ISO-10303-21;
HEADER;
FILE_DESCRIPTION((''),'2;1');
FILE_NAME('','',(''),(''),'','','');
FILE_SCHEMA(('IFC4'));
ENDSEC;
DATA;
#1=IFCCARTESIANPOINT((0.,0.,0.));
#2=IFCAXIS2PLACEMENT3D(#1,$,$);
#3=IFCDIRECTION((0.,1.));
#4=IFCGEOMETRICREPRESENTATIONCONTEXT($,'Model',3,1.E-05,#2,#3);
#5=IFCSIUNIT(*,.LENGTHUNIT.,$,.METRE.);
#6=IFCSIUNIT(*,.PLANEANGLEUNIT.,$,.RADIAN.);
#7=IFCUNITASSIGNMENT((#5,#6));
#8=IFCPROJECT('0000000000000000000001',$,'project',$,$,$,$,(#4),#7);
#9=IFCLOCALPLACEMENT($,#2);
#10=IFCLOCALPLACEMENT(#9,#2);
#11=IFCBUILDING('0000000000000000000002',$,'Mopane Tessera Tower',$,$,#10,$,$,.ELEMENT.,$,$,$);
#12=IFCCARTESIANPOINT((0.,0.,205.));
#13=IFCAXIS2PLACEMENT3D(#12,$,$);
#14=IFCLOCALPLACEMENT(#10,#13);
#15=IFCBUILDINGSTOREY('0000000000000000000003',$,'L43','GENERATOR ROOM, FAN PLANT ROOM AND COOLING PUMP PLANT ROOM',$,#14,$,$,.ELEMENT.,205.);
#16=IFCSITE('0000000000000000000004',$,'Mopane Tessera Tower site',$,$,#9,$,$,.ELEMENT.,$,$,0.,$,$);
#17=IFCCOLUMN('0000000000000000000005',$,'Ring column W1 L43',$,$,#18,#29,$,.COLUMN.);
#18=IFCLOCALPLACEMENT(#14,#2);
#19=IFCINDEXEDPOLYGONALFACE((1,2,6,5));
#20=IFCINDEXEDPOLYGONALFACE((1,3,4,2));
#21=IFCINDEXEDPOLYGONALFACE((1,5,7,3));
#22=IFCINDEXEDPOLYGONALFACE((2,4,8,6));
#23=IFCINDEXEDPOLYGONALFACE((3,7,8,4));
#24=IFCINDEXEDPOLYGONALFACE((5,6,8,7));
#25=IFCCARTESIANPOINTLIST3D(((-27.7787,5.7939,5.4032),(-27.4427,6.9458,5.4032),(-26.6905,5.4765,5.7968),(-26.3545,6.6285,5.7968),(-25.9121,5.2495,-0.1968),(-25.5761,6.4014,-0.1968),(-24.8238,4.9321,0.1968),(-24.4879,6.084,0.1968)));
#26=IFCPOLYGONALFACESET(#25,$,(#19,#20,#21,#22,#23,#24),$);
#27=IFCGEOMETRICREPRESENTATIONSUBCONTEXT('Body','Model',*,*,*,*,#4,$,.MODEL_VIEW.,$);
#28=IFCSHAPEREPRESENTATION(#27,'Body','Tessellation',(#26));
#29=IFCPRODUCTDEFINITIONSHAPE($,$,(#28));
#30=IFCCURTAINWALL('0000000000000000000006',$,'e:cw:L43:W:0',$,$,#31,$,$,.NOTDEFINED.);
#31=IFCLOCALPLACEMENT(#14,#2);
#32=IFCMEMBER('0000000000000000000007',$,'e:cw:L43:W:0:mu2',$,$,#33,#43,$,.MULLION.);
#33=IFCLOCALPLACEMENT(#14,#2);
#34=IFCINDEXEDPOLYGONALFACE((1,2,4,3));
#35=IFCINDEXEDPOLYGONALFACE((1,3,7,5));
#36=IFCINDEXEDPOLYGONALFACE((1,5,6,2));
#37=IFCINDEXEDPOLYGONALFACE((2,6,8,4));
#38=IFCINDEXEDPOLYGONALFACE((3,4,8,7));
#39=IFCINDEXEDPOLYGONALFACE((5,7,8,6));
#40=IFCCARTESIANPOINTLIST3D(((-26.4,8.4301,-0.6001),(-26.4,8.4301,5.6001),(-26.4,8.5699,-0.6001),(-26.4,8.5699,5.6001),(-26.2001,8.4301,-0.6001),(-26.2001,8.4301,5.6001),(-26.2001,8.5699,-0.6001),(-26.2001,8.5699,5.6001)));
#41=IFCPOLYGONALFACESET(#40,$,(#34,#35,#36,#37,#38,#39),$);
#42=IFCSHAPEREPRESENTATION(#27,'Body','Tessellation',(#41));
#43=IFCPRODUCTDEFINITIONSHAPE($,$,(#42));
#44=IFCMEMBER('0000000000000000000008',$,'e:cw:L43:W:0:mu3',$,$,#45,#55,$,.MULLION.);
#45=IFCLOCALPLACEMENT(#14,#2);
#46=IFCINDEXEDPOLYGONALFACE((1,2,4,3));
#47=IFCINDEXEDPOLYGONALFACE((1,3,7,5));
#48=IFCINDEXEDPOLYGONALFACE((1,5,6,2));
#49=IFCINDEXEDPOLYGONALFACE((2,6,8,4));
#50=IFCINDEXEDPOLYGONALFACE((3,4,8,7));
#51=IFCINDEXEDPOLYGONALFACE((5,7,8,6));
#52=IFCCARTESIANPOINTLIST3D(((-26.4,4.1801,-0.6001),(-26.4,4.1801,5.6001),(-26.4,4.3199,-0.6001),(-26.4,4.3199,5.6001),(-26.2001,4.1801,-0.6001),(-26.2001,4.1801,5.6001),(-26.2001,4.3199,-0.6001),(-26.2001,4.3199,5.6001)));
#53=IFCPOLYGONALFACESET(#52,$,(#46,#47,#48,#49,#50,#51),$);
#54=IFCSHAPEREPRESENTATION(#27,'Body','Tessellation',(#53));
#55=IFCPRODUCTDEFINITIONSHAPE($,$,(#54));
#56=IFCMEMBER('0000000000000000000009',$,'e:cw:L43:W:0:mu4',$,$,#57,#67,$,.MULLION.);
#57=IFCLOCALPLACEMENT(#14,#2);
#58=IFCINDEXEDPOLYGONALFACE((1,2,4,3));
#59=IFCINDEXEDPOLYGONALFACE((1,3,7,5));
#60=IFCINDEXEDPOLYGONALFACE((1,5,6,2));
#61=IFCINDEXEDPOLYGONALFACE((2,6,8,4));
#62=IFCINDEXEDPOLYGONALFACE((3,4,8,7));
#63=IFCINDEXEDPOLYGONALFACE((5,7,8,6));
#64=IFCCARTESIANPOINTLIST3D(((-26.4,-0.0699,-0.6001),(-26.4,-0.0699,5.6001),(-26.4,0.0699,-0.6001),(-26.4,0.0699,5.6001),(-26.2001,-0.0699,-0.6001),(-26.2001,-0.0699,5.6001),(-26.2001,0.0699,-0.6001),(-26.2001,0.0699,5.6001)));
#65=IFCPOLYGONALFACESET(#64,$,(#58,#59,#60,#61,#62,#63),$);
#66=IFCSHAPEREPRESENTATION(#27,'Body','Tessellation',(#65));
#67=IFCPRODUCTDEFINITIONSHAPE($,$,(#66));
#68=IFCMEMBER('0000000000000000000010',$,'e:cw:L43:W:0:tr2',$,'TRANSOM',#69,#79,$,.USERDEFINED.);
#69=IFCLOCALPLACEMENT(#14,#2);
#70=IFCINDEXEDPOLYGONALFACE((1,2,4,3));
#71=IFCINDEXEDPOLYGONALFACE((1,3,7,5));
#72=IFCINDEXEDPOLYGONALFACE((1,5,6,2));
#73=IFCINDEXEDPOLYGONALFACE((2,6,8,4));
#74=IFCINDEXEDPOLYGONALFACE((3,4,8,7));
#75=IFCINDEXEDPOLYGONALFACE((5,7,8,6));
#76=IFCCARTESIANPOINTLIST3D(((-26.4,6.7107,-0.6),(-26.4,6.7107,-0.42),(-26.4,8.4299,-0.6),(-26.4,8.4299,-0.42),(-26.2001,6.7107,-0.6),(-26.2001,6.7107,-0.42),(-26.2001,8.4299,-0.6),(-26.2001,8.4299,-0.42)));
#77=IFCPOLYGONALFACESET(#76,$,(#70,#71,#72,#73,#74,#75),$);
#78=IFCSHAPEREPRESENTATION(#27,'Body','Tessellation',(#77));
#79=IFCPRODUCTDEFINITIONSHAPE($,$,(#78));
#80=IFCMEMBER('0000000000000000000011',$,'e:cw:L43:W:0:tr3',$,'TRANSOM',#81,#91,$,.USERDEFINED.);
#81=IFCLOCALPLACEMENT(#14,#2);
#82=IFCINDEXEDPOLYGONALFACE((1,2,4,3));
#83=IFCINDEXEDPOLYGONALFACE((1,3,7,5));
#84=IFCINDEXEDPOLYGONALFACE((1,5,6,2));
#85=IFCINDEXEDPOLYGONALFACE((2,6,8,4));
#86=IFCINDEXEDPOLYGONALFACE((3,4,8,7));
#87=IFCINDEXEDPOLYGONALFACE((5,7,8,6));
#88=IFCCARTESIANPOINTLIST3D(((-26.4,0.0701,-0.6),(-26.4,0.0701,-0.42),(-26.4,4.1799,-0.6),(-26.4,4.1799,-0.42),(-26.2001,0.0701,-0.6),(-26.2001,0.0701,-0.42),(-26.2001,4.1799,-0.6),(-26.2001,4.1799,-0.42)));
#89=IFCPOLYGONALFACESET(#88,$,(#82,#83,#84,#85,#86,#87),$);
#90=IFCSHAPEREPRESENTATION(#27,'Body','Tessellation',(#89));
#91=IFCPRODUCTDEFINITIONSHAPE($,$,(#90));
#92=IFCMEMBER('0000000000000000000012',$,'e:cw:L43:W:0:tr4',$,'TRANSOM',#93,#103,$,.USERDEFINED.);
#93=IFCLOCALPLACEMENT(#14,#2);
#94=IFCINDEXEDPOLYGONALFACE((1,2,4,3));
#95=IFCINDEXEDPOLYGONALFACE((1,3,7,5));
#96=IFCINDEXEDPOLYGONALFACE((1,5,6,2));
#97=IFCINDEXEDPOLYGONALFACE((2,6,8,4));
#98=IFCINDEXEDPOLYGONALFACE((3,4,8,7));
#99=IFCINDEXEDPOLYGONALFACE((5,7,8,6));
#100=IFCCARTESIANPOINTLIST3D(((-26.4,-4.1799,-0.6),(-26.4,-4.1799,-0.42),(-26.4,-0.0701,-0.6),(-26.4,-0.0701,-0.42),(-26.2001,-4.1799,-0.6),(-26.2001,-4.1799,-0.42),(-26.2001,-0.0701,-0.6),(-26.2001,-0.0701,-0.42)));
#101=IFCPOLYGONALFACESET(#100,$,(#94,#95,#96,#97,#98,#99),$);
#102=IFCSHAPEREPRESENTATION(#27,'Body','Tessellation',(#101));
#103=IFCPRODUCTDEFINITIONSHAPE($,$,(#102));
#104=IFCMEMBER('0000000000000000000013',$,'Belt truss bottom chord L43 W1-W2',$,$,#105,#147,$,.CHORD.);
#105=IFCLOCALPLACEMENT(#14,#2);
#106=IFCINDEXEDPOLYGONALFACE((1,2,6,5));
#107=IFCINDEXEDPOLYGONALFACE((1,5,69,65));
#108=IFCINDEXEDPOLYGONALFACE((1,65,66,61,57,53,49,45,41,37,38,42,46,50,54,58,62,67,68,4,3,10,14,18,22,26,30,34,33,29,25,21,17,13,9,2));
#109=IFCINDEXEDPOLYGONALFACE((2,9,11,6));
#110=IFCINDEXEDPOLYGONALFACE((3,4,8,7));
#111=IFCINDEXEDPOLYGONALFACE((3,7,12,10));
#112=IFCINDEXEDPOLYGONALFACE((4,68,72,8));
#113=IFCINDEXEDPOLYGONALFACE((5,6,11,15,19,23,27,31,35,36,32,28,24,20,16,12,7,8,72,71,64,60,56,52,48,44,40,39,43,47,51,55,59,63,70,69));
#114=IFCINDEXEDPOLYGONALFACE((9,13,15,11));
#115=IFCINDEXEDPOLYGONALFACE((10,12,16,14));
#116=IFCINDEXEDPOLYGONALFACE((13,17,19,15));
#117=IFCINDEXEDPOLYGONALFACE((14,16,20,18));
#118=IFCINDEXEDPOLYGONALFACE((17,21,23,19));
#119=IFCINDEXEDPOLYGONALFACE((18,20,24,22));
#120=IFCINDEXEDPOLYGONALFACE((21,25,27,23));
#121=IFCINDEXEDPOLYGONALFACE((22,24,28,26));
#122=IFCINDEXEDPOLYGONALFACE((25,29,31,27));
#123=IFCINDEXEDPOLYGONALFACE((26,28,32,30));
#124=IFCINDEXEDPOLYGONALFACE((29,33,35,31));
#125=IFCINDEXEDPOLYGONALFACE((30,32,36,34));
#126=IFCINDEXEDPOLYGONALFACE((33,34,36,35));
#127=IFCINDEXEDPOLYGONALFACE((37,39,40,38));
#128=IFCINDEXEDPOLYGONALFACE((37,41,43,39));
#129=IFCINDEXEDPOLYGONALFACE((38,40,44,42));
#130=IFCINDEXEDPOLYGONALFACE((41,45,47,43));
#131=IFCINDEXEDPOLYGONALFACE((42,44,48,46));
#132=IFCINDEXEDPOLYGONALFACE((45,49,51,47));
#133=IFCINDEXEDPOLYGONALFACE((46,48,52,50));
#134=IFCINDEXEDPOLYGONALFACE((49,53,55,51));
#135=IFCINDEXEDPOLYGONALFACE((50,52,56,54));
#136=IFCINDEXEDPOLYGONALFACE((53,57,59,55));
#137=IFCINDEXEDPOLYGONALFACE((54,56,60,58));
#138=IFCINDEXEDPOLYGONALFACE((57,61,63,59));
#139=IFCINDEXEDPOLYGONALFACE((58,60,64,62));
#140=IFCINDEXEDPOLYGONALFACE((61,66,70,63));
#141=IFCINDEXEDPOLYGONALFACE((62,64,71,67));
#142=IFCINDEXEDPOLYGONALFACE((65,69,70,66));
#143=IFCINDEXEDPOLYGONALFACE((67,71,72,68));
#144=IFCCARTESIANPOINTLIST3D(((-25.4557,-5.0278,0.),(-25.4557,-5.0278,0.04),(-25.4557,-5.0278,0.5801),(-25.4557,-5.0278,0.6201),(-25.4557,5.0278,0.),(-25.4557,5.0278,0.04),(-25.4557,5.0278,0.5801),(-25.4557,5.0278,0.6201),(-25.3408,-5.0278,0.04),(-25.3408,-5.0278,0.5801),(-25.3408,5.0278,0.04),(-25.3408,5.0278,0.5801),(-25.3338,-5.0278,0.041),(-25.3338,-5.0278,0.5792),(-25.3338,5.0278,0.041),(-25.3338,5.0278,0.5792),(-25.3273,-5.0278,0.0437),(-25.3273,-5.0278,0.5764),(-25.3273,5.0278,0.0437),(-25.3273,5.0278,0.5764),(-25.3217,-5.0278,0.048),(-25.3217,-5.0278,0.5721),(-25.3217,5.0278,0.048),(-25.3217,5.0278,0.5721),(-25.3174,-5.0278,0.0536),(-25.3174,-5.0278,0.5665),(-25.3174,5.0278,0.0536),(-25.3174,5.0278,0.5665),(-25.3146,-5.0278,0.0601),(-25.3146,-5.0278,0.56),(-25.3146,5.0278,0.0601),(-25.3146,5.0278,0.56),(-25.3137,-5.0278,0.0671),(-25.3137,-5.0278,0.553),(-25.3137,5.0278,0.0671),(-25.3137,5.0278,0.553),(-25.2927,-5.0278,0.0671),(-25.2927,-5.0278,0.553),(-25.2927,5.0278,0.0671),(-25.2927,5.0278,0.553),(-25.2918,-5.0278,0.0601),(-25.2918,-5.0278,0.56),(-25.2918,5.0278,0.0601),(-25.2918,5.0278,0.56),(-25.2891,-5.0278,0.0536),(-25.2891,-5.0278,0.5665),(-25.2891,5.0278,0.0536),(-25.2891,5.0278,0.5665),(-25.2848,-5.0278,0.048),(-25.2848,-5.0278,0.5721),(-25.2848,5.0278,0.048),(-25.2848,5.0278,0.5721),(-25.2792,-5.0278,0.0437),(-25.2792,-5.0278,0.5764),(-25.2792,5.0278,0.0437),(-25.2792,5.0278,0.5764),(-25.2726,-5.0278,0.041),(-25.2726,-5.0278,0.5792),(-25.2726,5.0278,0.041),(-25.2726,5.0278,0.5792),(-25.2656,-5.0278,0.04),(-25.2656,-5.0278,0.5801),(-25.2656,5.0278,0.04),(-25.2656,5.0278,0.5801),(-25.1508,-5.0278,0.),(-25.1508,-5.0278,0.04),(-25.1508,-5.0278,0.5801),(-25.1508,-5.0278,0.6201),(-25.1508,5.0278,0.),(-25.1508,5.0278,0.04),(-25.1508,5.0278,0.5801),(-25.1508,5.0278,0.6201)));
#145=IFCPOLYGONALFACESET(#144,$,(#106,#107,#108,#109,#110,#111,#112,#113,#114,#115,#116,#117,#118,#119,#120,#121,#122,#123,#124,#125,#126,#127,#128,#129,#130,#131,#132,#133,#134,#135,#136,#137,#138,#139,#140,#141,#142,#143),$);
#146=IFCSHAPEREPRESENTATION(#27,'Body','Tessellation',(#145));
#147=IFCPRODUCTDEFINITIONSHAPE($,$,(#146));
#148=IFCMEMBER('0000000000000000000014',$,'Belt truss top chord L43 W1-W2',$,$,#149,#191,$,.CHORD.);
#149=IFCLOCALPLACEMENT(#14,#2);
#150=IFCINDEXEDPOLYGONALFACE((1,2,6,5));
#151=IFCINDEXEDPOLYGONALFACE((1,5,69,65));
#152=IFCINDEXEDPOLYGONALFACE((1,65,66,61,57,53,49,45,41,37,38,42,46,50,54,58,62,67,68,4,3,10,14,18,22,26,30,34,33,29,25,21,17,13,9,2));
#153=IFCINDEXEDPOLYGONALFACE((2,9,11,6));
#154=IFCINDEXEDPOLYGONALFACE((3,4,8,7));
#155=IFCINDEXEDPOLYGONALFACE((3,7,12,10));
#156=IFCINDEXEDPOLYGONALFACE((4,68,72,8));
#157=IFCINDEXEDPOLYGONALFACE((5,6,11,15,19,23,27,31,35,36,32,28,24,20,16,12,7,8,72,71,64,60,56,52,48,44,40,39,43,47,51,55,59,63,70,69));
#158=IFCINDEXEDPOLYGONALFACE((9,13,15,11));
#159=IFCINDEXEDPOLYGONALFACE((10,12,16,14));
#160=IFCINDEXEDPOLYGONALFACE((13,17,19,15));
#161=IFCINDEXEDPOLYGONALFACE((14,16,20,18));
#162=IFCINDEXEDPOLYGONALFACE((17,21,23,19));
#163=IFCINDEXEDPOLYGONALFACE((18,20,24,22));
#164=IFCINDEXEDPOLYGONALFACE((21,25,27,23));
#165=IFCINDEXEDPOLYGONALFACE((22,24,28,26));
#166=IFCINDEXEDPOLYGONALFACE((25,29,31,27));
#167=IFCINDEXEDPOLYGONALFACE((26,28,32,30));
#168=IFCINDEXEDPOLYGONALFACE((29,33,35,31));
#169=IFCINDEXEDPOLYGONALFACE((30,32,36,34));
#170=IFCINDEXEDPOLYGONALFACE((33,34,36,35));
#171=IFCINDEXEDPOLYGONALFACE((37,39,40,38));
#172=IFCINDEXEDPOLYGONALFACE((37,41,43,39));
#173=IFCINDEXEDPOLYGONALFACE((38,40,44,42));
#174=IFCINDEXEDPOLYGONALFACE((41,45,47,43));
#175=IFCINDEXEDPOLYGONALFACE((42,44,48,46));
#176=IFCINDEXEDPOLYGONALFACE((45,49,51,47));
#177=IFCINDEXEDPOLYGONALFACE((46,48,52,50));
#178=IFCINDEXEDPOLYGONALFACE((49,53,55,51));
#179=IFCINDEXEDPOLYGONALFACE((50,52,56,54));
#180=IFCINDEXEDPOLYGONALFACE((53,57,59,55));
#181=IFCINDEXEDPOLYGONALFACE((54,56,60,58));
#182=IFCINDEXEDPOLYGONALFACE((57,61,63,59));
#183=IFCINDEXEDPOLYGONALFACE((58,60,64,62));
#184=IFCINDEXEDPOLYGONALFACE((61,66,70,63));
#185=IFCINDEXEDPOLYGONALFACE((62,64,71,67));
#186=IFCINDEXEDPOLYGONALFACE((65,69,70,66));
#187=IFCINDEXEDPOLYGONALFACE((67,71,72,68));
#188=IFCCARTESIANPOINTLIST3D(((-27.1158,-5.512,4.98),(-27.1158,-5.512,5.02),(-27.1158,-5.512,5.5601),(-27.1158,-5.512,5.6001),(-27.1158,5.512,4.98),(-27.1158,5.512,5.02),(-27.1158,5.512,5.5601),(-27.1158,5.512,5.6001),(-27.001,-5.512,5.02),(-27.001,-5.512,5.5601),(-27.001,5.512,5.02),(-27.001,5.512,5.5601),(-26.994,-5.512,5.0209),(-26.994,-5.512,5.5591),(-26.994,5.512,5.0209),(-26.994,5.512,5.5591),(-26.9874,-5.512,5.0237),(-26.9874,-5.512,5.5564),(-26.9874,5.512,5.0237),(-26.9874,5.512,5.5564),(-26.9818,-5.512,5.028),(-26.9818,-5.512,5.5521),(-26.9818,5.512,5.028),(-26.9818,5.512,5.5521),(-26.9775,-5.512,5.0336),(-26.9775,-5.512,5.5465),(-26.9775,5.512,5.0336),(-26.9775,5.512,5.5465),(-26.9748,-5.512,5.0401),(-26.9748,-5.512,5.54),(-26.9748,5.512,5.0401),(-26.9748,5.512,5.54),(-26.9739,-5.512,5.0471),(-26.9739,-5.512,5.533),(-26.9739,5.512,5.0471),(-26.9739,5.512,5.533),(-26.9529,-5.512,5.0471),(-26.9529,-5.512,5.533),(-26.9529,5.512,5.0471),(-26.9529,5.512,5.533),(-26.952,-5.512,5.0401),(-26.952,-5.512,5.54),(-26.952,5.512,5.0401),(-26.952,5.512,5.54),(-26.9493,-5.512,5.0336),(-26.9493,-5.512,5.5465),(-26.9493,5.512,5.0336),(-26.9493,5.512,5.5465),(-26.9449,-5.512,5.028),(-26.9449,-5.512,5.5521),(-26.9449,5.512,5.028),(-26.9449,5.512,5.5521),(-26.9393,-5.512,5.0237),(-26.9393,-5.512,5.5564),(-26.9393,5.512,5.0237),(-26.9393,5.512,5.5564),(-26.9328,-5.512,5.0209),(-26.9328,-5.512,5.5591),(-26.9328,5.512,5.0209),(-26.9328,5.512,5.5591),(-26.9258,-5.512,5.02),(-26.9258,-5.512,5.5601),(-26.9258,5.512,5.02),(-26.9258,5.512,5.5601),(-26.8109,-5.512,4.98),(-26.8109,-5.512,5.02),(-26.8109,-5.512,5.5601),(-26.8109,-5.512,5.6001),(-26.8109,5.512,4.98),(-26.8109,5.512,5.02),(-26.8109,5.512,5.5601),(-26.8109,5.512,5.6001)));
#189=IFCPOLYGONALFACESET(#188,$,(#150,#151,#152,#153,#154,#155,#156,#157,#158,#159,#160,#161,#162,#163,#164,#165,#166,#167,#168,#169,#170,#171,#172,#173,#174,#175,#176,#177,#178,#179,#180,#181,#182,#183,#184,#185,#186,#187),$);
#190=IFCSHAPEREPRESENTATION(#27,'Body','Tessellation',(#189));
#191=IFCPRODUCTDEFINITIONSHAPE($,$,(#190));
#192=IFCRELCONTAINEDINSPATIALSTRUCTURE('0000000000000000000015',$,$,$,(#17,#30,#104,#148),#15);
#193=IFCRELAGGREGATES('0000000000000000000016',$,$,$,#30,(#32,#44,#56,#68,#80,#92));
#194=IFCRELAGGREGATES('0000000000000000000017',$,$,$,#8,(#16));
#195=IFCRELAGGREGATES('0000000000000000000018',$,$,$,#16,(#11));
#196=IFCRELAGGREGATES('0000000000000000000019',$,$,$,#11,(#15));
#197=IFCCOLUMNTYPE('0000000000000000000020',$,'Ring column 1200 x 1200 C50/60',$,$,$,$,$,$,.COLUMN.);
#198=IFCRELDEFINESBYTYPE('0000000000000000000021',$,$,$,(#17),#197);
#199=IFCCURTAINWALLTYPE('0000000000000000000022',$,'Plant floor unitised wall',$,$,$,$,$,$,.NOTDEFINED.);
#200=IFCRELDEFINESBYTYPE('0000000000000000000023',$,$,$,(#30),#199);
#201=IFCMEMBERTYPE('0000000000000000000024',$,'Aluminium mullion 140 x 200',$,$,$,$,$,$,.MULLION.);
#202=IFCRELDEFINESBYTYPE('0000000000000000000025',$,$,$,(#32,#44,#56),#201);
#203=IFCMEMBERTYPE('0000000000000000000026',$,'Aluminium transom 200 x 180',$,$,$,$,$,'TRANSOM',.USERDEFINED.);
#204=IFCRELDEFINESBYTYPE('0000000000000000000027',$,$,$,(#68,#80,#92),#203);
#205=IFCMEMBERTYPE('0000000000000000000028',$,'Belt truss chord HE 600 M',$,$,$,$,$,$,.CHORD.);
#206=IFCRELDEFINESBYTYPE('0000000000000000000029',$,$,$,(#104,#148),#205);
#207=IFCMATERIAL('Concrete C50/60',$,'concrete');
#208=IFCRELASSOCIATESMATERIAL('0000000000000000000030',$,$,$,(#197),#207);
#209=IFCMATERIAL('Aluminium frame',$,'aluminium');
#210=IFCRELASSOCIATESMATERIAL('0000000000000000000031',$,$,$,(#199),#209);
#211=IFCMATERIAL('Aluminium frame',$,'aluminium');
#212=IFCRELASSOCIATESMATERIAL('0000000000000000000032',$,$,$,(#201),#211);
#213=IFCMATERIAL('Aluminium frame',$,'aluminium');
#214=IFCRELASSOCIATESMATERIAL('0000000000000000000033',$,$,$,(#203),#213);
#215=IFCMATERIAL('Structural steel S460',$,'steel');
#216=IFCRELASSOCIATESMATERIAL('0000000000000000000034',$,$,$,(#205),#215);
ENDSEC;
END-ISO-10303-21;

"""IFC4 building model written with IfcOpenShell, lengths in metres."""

from ifc_helpers import new_model, si_unit, direction, frame, origin, origin_2d, place, context, subcontext, project, spatial, rectangle, i_section, extrude, material, material_profile, profile_set, type_object, element, aggregate, save


model = new_model("IFC4")

# Units and contexts
model_context = context("Model", 3, precision=1e-05, world=origin(), true_north=direction((0.0, 1.0)))
body_context = subcontext(model_context, "Body", "Model", "MODEL_VIEW")
ifc_project = project(units=[si_unit("LENGTHUNIT", "METRE"), si_unit("PLANEANGLEUNIT", "RADIAN")], contexts=[model_context])

# Site, building, storey
site_placement = place(None, origin())
site = spatial("IfcSite", under=ifc_project, at=site_placement, Name="Mopane Tessera Tower site", CompositionType="ELEMENT", RefElevation=0.0)
building_placement = place(site_placement, origin())
building = spatial("IfcBuilding", under=site, at=building_placement, Name="Mopane Tessera Tower", CompositionType="ELEMENT")
storey_placement = place(building_placement, frame((0.0, 0.0, 205.0)))
storey = spatial("IfcBuildingStorey", under=building, at=storey_placement, Name="L43", Description="GENERATOR ROOM, FAN PLANT ROOM AND COOLING PUMP PLANT ROOM", CompositionType="ELEMENT", Elevation=205.0)

# Column
ifc_material_1 = material(Name="Concrete C50/60", Category="concrete")
ifc_material_profile_1 = material_profile(ifc_material_1, rectangle(XDim=1.2, YDim=1.2, at=origin_2d()))
ifc_profile_set_1 = profile_set([ifc_material_profile_1], Name="Concrete C50/60")
column_type = type_object("IfcColumnType", Name="Ring column 1200 x 1200 C50/60", PredefinedType="COLUMN", material=ifc_profile_set_1)
column_placement = place(storey_placement, frame((-25.2, 5.6667, 0.0), z_axis=(-0.314891, 0.09184, 0.944674), x_axis=(-0.27999, -0.960003, 0.0)))
element("IfcColumn", 1, at=column_placement, inside=storey, type_object=column_type, Name="Ring column W1 L43", PredefinedType="COLUMN", context=body_context, shape_type="SweptSolid", body=[
    extrude(rectangle(XDim=1.2, YDim=1.2, at=origin_2d()), origin(), (0.0, 0.0, 1.0), 5.928),
])

# Curtain wall, members
ifc_material_2 = material(Name="Aluminium frame", Category="aluminium")
curtain_wall_type = type_object("IfcCurtainWallType", Name="Plant floor unitised wall", PredefinedType="NOTDEFINED", material=ifc_material_2)
curtain_wall_placement = place(storey_placement, origin())
curtain_wall = element("IfcCurtainWall", 2, at=curtain_wall_placement, inside=storey, type_object=curtain_wall_type, Name="e:cw:L43:W:0", PredefinedType="NOTDEFINED")
ifc_material_3 = material(Name="Aluminium frame", Category="aluminium")
ifc_material_profile_2 = material_profile(ifc_material_3, rectangle(XDim=0.1399, YDim=0.2, at=origin_2d()))
ifc_profile_set_2 = profile_set([ifc_material_profile_2], Name="Aluminium frame")
member_type_1 = type_object("IfcMemberType", Name="Aluminium mullion 140 x 200", PredefinedType="MULLION", material=ifc_profile_set_2)
member_1_placement = place(storey_placement, frame((-26.3, 8.5, -0.6001), z_axis=(0.0, 0.0, 1.0), x_axis=(0.0, -1.0, 0.0)))
member_1 = element("IfcMember", 3, at=member_1_placement, type_object=member_type_1, Name="e:cw:L43:W:0:mu2", PredefinedType="MULLION", context=body_context, shape_type="SweptSolid", body=[
    extrude(rectangle(XDim=0.1399, YDim=0.2, at=origin_2d()), origin(), (0.0, 0.0, 1.0), 6.2002),
])
member_2_placement = place(storey_placement, frame((-26.3, 4.25, -0.6001), z_axis=(0.0, 0.0, 1.0), x_axis=(0.0, -1.0, 0.0)))
member_2 = element("IfcMember", 4, at=member_2_placement, type_object=member_type_1, Name="e:cw:L43:W:0:mu3", PredefinedType="MULLION", context=body_context, shape_type="SweptSolid", body=[
    extrude(rectangle(XDim=0.1399, YDim=0.2, at=origin_2d()), origin(), (0.0, 0.0, 1.0), 6.2002),
])
member_3_placement = place(storey_placement, frame((-26.3, 0.0, -0.6001), z_axis=(0.0, 0.0, 1.0), x_axis=(0.0, -1.0, 0.0)))
member_3 = element("IfcMember", 5, at=member_3_placement, type_object=member_type_1, Name="e:cw:L43:W:0:mu4", PredefinedType="MULLION", context=body_context, shape_type="SweptSolid", body=[
    extrude(rectangle(XDim=0.1399, YDim=0.2, at=origin_2d()), origin(), (0.0, 0.0, 1.0), 6.2002),
])
ifc_material_4 = material(Name="Aluminium frame", Category="aluminium")
ifc_material_profile_3 = material_profile(ifc_material_4, rectangle(XDim=0.2, YDim=0.1799, at=origin_2d()))
ifc_profile_set_3 = profile_set([ifc_material_profile_3], Name="Aluminium frame")
member_type_2 = type_object("IfcMemberType", Name="Aluminium transom 200 x 180", ElementType="TRANSOM", PredefinedType="USERDEFINED", material=ifc_profile_set_3)
member_4_placement = place(storey_placement, frame((-26.3, 8.4299, -0.51), z_axis=(0.0, -1.0, 0.0), x_axis=(1.0, 0.0, 0.0)))
member_4 = element("IfcMember", 6, at=member_4_placement, type_object=member_type_2, Name="e:cw:L43:W:0:tr2", ObjectType="TRANSOM", PredefinedType="USERDEFINED", context=body_context, shape_type="SweptSolid", body=[
    extrude(rectangle(XDim=0.2, YDim=0.1799, at=origin_2d()), origin(), (0.0, 0.0, 1.0), 1.7192),
])
member_5_placement = place(storey_placement, frame((-26.3, 4.1799, -0.51), z_axis=(0.0, -1.0, 0.0), x_axis=(1.0, 0.0, 0.0)))
member_5 = element("IfcMember", 7, at=member_5_placement, type_object=member_type_2, Name="e:cw:L43:W:0:tr3", ObjectType="TRANSOM", PredefinedType="USERDEFINED", context=body_context, shape_type="SweptSolid", body=[
    extrude(rectangle(XDim=0.2, YDim=0.1799, at=origin_2d()), origin(), (0.0, 0.0, 1.0), 4.1099),
])
member_6_placement = place(storey_placement, frame((-26.3, -0.0701, -0.51), z_axis=(0.0, -1.0, 0.0), x_axis=(1.0, 0.0, 0.0)))
member_6 = element("IfcMember", 8, at=member_6_placement, type_object=member_type_2, Name="e:cw:L43:W:0:tr4", ObjectType="TRANSOM", PredefinedType="USERDEFINED", context=body_context, shape_type="SweptSolid", body=[
    extrude(rectangle(XDim=0.2, YDim=0.1799, at=origin_2d()), origin(), (0.0, 0.0, 1.0), 4.1099),
])

# Members
ifc_material_5 = material(Name="Structural steel S460", Category="steel")
ifc_material_profile_4 = material_profile(ifc_material_5, i_section(OverallWidth=0.3049, OverallDepth=0.6201, WebThickness=0.021, FlangeThickness=0.04, FilletRadius=0.0271, at=origin_2d()))
ifc_profile_set_4 = profile_set([ifc_material_profile_4], Name="Structural steel S460")
member_type_3 = type_object("IfcMemberType", Name="Belt truss chord HE 600 M", PredefinedType="CHORD", material=ifc_profile_set_4)
member_7_placement = place(storey_placement, frame((-25.3032, 5.0278, 0.3101), z_axis=(0.0, -1.0, 0.0), x_axis=(1.0, 0.0, 0.0)))
element("IfcMember", 9, at=member_7_placement, inside=storey, type_object=member_type_3, Name="Belt truss bottom chord L43 W1-W2", PredefinedType="CHORD", context=body_context, shape_type="SweptSolid", body=[
    extrude(i_section(OverallWidth=0.3049, OverallDepth=0.6201, WebThickness=0.021, FlangeThickness=0.04, FilletRadius=0.0271, at=origin_2d()), origin(), (0.0, 0.0, 1.0), 10.0557),
])
member_8_placement = place(storey_placement, frame((-26.9634, 5.512, 5.29), z_axis=(0.0, -1.0, 0.0), x_axis=(1.0, 0.0, 0.0)))
element("IfcMember", 10, at=member_8_placement, inside=storey, type_object=member_type_3, Name="Belt truss top chord L43 W1-W2", PredefinedType="CHORD", context=body_context, shape_type="SweptSolid", body=[
    extrude(i_section(OverallWidth=0.3049, OverallDepth=0.6201, WebThickness=0.021, FlangeThickness=0.04, FilletRadius=0.0271, at=origin_2d()), origin(), (0.0, 0.0, 1.0), 11.0239),
])

aggregate(curtain_wall, [member_1, member_2, member_3, member_4, member_5, member_6])

save(model, "model.ifc")
